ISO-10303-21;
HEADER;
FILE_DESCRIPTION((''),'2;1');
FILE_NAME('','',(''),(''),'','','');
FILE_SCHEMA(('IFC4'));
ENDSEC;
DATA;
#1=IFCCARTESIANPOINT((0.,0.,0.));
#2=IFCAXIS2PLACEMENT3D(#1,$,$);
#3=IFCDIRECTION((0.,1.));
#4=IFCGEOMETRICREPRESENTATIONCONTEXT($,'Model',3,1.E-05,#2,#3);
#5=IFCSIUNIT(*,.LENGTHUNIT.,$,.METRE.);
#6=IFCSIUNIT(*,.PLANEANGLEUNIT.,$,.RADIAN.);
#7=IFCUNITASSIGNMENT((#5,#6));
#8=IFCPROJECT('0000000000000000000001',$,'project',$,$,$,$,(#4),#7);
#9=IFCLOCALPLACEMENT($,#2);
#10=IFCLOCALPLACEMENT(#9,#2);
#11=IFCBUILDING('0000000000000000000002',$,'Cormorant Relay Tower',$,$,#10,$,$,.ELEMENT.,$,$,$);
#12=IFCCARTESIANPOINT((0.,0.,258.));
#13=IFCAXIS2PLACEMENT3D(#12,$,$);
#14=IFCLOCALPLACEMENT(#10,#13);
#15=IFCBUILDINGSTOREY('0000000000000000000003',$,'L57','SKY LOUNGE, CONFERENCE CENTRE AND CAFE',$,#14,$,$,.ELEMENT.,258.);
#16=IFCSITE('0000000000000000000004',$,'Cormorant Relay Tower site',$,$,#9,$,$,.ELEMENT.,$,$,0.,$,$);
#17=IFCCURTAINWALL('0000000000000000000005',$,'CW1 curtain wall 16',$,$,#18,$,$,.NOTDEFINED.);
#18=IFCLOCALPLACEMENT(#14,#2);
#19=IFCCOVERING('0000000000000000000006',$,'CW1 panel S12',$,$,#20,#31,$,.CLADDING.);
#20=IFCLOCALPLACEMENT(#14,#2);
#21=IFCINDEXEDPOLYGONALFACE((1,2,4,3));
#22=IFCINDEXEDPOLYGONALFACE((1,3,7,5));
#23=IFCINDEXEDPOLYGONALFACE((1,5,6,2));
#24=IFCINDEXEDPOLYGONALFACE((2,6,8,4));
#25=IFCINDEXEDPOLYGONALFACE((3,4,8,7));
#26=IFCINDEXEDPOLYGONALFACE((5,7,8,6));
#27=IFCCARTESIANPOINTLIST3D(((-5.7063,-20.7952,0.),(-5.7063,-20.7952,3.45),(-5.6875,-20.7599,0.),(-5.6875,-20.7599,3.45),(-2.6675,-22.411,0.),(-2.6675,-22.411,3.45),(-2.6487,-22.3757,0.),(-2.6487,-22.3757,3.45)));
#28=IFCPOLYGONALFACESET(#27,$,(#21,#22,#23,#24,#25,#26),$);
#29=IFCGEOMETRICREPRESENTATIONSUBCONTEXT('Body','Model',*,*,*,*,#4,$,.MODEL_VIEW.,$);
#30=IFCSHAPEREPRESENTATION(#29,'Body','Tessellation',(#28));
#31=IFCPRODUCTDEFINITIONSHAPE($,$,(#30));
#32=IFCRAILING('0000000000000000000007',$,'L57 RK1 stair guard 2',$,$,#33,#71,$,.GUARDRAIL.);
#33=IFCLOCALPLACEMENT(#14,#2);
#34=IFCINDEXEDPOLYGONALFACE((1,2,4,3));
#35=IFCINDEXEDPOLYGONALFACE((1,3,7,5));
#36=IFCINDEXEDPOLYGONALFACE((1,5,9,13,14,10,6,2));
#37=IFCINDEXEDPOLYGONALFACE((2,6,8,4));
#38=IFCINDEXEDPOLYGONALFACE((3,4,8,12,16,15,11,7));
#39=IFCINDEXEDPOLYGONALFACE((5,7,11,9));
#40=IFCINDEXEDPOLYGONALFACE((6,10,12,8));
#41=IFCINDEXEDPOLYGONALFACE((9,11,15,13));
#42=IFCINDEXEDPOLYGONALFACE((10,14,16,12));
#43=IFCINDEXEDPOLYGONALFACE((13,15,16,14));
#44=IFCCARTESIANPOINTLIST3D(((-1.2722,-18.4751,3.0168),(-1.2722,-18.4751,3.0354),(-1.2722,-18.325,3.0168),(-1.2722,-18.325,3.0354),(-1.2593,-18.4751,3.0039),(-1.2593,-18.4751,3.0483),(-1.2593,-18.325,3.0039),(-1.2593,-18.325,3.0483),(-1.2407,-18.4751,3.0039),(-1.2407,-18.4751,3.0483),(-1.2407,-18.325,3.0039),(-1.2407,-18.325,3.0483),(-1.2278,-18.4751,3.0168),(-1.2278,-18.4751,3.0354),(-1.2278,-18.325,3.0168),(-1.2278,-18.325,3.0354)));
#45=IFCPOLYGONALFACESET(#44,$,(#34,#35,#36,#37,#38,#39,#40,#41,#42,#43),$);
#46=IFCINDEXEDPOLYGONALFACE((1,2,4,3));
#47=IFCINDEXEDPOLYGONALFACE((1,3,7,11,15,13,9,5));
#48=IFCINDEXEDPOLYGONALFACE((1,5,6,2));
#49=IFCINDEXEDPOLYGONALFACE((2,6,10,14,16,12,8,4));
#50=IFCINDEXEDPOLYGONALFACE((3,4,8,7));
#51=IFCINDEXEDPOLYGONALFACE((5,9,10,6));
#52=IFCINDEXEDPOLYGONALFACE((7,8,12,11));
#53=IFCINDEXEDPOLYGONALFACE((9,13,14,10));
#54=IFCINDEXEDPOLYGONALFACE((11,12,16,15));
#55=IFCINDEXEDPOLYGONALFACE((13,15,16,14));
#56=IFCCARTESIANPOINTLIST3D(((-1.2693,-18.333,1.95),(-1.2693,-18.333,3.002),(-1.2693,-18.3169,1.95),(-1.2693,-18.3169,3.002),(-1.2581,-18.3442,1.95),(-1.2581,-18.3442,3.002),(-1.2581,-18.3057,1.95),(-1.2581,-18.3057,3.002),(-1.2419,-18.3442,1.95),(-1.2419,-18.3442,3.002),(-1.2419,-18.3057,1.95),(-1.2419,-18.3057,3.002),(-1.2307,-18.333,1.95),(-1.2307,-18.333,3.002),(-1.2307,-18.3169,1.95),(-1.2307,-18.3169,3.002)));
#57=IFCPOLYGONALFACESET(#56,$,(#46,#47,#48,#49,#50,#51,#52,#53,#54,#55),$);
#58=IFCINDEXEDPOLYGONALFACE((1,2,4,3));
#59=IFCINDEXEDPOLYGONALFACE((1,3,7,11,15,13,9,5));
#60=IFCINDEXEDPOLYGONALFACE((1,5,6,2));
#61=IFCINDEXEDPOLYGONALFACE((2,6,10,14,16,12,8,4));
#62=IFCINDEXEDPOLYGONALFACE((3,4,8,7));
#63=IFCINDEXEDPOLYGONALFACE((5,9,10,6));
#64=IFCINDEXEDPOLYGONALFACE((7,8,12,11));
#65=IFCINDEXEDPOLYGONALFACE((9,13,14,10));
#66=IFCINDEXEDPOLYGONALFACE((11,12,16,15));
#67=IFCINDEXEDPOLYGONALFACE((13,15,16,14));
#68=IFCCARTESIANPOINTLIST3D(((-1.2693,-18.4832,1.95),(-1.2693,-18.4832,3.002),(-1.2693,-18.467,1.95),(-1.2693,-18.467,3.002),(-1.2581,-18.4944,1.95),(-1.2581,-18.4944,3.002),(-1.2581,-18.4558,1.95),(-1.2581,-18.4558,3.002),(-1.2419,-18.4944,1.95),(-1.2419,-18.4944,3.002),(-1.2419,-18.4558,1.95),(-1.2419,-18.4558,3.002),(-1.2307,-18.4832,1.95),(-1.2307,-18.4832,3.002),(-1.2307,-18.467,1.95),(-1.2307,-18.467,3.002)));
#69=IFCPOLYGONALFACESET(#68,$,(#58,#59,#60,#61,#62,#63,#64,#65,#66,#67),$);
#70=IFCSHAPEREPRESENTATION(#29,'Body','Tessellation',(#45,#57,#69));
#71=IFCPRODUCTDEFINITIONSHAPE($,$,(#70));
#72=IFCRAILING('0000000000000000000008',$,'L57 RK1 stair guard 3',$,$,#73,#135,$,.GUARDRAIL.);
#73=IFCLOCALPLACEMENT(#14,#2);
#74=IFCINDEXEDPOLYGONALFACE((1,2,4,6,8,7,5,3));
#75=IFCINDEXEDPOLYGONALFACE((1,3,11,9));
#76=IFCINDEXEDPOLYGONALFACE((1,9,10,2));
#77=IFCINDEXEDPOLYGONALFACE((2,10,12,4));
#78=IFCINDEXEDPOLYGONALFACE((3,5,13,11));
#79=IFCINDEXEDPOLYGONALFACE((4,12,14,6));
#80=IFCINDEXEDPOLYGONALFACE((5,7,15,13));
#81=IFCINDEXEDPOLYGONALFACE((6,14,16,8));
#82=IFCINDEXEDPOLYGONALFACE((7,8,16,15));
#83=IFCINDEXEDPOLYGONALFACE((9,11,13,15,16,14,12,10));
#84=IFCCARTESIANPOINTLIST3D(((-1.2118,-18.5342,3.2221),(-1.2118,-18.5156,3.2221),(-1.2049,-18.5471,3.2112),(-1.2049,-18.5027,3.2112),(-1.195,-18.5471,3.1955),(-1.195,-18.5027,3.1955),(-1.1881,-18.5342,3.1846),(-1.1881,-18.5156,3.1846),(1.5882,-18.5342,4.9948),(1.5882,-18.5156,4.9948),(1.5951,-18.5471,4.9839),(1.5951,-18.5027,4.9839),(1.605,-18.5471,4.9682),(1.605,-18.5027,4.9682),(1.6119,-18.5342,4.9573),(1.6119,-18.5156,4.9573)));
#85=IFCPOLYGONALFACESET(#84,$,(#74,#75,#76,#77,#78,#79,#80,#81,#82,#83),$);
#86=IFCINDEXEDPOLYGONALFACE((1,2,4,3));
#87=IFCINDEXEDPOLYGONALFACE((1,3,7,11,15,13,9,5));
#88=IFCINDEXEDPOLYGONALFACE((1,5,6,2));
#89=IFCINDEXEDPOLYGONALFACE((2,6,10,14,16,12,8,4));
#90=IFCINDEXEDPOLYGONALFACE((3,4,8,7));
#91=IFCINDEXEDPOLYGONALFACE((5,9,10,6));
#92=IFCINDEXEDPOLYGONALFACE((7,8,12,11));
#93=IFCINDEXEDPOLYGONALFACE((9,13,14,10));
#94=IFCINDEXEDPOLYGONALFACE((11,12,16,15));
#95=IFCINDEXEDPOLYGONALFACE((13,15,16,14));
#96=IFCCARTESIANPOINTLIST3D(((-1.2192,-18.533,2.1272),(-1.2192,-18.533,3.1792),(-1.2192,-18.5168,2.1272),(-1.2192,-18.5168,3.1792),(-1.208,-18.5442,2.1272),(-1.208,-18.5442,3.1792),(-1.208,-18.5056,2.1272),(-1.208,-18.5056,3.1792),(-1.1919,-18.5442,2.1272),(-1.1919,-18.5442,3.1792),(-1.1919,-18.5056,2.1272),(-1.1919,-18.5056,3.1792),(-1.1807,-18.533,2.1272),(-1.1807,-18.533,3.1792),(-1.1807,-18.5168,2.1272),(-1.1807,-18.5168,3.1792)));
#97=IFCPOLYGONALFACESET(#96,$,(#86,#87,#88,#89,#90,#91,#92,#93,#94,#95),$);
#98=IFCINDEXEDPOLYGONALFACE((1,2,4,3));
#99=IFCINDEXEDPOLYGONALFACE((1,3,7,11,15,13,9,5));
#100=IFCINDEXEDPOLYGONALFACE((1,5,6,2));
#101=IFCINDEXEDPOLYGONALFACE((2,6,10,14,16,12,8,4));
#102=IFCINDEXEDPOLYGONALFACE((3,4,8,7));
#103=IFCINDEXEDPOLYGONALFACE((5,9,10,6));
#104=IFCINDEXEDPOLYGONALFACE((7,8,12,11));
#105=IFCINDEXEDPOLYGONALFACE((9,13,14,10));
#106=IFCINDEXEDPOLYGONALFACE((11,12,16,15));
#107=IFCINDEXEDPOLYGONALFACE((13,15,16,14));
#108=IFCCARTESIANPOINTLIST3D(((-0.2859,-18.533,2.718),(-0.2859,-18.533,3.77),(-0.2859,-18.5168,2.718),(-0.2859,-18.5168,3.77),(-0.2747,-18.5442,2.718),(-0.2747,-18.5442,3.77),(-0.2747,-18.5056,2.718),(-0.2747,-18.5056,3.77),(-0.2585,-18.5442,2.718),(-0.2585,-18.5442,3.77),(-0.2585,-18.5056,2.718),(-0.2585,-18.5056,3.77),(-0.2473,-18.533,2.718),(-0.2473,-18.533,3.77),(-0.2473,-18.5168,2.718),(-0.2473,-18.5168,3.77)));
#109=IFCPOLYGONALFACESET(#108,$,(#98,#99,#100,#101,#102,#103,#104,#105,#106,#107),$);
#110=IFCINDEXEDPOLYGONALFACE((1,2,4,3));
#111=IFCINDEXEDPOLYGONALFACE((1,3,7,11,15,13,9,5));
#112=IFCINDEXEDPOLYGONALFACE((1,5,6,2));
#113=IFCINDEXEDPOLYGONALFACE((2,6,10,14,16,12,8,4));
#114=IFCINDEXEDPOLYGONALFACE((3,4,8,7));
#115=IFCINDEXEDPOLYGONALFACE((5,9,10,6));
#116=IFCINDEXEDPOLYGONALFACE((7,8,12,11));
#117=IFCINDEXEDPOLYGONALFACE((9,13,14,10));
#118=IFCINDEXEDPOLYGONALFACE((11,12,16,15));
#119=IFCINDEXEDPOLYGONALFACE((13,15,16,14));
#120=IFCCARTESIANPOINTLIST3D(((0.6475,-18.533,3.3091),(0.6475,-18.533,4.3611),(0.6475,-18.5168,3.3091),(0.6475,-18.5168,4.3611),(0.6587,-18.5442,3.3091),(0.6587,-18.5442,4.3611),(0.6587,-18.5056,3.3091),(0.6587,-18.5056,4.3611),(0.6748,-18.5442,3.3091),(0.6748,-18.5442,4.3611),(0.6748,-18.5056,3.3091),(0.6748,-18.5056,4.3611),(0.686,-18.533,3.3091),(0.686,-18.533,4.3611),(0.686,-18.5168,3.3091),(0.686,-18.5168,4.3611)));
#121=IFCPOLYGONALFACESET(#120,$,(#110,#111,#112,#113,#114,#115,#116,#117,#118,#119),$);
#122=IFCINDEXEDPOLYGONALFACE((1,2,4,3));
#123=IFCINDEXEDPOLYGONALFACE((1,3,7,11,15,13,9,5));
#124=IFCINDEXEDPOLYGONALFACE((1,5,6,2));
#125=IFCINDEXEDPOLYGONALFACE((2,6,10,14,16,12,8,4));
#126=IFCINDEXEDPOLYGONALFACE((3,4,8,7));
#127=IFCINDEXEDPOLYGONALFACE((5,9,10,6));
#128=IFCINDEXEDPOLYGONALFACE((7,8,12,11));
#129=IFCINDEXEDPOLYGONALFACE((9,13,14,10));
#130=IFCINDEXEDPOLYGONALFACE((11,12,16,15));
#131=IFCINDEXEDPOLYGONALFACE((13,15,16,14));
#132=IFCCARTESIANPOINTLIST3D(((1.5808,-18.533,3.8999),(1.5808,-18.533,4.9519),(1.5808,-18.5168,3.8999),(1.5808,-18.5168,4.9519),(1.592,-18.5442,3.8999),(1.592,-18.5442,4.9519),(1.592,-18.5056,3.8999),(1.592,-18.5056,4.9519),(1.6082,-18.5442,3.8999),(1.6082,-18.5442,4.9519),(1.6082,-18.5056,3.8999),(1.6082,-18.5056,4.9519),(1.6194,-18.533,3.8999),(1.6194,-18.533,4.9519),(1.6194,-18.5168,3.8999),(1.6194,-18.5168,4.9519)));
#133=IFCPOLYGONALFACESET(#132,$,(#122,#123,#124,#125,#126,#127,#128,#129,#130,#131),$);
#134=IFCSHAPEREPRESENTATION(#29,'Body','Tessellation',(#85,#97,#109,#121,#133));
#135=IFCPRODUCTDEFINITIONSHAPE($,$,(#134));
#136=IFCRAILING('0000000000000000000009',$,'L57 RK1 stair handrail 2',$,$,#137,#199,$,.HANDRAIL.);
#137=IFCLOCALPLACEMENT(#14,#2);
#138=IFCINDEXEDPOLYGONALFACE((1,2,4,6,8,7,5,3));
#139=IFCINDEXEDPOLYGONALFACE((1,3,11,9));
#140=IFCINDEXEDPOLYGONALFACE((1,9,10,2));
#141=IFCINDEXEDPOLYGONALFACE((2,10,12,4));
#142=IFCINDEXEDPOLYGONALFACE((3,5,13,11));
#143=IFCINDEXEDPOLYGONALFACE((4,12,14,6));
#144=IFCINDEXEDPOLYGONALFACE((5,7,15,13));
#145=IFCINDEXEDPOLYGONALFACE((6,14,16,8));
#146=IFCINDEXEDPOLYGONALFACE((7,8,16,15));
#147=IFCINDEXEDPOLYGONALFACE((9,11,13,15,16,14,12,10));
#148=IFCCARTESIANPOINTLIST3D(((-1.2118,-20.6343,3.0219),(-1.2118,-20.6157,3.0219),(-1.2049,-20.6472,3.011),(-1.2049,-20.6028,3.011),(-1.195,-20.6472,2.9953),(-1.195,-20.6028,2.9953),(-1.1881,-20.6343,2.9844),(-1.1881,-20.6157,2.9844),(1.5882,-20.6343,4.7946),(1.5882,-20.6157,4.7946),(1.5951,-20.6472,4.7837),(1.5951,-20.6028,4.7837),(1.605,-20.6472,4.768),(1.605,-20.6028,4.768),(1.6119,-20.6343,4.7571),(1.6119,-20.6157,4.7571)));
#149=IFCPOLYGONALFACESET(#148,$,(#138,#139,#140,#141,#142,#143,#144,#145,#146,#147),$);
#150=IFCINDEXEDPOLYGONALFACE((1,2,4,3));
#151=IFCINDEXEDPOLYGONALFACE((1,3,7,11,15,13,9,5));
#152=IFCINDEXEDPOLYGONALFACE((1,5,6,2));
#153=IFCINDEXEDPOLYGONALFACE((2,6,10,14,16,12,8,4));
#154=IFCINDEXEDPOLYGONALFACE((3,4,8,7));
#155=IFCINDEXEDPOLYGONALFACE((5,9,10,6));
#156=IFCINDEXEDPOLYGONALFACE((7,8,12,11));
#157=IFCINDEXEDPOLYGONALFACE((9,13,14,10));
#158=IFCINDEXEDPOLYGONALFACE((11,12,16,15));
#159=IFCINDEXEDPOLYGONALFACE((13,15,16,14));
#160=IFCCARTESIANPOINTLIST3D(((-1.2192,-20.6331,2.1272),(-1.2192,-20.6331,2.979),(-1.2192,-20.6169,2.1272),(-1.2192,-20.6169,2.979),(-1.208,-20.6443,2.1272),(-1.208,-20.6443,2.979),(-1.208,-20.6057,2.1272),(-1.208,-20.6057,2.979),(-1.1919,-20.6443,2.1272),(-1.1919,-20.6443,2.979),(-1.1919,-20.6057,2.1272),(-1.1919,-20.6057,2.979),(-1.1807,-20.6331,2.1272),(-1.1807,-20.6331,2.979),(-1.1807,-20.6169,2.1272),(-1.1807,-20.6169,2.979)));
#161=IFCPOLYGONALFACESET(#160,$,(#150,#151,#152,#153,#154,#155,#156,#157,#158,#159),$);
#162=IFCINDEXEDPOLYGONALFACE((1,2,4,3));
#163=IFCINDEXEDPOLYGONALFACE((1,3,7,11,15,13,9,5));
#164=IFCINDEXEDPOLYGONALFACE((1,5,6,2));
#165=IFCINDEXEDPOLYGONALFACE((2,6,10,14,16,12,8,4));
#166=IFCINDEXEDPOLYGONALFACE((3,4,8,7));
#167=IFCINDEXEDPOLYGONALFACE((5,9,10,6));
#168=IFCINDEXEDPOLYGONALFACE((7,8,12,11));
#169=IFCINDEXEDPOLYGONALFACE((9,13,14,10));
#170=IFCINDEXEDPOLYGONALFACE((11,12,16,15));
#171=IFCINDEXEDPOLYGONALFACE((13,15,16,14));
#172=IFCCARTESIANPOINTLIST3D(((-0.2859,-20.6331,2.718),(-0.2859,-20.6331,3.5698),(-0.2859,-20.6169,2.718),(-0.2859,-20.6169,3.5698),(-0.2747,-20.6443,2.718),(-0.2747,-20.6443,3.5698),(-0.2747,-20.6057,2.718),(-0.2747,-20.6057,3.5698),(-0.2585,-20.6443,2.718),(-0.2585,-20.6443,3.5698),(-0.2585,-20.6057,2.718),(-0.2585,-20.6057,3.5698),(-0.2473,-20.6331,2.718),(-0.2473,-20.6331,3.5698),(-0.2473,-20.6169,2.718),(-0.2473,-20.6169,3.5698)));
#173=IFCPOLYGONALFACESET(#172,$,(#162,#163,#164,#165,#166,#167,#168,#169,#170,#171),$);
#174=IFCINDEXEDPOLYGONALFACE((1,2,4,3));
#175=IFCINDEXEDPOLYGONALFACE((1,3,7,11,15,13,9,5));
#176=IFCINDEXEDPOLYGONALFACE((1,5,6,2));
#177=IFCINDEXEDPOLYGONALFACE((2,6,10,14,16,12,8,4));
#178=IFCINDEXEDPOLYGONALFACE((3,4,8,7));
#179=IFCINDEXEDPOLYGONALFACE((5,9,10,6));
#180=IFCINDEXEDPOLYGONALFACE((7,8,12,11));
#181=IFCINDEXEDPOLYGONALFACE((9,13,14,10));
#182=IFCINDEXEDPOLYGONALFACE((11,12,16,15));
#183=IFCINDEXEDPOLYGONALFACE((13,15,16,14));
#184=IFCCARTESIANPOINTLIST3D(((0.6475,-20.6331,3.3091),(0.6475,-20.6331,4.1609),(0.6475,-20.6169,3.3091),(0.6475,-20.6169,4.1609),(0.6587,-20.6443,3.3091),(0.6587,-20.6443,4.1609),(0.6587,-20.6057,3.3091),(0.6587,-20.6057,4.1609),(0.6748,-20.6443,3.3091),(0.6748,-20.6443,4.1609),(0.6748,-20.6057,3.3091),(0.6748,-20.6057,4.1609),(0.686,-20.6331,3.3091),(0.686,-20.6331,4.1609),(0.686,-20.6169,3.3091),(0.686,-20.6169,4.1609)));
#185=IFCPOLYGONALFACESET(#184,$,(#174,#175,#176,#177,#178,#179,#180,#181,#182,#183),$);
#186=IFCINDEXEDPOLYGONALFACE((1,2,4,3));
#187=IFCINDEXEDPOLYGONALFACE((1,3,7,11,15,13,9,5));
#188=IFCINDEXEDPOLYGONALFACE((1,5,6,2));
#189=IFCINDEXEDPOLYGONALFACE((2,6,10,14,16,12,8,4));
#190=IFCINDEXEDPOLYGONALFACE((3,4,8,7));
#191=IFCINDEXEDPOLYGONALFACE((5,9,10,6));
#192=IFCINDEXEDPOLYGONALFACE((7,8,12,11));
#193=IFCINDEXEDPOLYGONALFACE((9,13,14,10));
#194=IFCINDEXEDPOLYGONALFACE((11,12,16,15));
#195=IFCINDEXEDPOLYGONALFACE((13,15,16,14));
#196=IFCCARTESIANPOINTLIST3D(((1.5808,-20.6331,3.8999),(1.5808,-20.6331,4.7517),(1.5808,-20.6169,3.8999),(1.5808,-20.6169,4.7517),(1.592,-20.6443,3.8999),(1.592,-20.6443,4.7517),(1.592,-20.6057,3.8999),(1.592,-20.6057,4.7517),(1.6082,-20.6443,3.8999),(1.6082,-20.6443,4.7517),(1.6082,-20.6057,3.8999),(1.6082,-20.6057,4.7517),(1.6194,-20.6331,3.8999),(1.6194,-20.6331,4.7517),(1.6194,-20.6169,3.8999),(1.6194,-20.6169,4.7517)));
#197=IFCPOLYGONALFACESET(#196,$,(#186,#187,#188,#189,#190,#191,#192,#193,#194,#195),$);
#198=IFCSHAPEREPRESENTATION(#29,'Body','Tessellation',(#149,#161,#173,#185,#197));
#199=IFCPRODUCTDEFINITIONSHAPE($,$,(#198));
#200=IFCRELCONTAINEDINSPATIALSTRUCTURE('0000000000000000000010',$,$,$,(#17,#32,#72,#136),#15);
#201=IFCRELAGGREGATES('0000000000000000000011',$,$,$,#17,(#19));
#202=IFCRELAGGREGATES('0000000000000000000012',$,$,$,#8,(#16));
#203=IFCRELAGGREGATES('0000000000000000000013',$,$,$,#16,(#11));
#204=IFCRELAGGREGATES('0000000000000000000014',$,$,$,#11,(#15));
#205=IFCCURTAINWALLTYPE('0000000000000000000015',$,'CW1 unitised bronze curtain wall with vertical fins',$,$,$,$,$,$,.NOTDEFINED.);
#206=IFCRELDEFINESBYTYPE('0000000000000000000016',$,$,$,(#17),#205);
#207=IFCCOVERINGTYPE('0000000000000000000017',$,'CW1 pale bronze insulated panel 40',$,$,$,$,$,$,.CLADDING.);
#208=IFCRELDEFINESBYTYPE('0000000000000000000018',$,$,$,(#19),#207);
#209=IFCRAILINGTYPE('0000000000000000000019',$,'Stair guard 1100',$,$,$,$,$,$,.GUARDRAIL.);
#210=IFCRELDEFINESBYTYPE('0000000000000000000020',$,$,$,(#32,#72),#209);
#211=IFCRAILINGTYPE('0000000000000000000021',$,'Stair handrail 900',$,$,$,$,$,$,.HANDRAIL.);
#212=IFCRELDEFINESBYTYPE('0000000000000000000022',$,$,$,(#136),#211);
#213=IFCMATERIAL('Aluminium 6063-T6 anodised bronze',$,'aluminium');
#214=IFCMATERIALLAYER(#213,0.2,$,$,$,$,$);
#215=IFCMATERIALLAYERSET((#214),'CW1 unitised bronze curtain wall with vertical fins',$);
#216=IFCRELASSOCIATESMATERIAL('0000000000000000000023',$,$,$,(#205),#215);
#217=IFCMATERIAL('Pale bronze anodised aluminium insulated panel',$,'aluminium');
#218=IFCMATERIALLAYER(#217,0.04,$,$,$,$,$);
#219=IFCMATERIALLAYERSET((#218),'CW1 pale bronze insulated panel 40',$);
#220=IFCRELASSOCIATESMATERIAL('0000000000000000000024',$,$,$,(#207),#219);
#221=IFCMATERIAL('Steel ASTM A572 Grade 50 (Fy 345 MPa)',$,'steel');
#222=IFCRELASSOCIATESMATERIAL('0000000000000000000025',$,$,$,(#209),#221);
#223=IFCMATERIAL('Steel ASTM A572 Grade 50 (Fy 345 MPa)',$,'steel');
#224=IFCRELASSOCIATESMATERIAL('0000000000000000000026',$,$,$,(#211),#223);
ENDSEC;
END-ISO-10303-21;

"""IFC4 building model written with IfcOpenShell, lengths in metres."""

from ifc_helpers import new_model, si_unit, direction, frame, origin, origin_2d, place, context, subcontext, project, spatial, polyline, rectangle, outline, extrude, material, layer, layer_set, type_object, element, aggregate, save


model = new_model("IFC4")

# Units and contexts
model_context = context("Model", 3, precision=1e-05, world=origin(), true_north=direction((0.0, 1.0)))
body_context = subcontext(model_context, "Body", "Model", "MODEL_VIEW")
ifc_project = project(units=[si_unit("LENGTHUNIT", "METRE"), si_unit("PLANEANGLEUNIT", "RADIAN")], contexts=[model_context])

# Site, building, storey
site_placement = place(None, origin())
site = spatial("IfcSite", under=ifc_project, at=site_placement, Name="Cormorant Relay Tower site", CompositionType="ELEMENT", RefElevation=0.0)
building_placement = place(site_placement, origin())
building = spatial("IfcBuilding", under=site, at=building_placement, Name="Cormorant Relay Tower", CompositionType="ELEMENT")
storey_placement = place(building_placement, frame((0.0, 0.0, 258.0)))
storey = spatial("IfcBuildingStorey", under=building, at=storey_placement, Name="L57", Description="SKY LOUNGE, CONFERENCE CENTRE AND CAFE", CompositionType="ELEMENT", Elevation=258.0)

# Shared definitions
ifc_material_1 = material(Name="Aluminium 6063-T6 anodised bronze", Category="aluminium")
ifc_layer_1 = layer(ifc_material_1, 0.2)
ifc_layer_set_1 = layer_set([ifc_layer_1], Name="CW1 unitised bronze curtain wall with vertical fins")
curtain_wall_type = type_object("IfcCurtainWallType", Name="CW1 unitised bronze curtain wall with vertical fins", PredefinedType="NOTDEFINED", material=ifc_layer_set_1)

# Curtain wall
curtain_wall_1_placement = place(storey_placement, origin())
curtain_wall_1 = element("IfcCurtainWall", 1, at=curtain_wall_1_placement, inside=storey, type_object=curtain_wall_type, Name="CW1 curtain wall 16", PredefinedType="NOTDEFINED")

# Covering
ifc_material_2 = material(Name="Pale bronze anodised aluminium insulated panel", Category="aluminium")
ifc_layer_2 = layer(ifc_material_2, 0.04)
ifc_layer_set_2 = layer_set([ifc_layer_2], Name="CW1 pale bronze insulated panel 40")
covering_type = type_object("IfcCoveringType", Name="CW1 pale bronze insulated panel 40", PredefinedType="CLADDING", material=ifc_layer_set_2)
covering_1_placement = place(storey_placement, frame((-4.1775, -21.5854, 0.0), z_axis=(0.0, 0.0, 1.0), x_axis=(0.882948, -0.469472, 0.0)))
covering_1 = element("IfcCovering", 2, at=covering_1_placement, type_object=covering_type, Name="CW1 panel S12", PredefinedType="CLADDING", context=body_context, shape_type="SweptSolid", body=[
    extrude(rectangle(XDim=3.4417, YDim=0.04, at=origin_2d()), origin(), (0.0, 0.0, 1.0), 3.45),
])
aggregate(curtain_wall_1, [covering_1])

# Railings
ifc_material_3 = material(Name="Steel ASTM A572 Grade 50 (Fy 345 MPa)", Category="steel")
railing_type_1 = type_object("IfcRailingType", Name="Stair guard 1100", PredefinedType="GUARDRAIL", material=ifc_material_3)
railing_1_placement = place(storey_placement, frame((-1.25, -18.325, 1.95)))
element("IfcRailing", 3, at=railing_1_placement, inside=storey, type_object=railing_type_1, Name="L57 RK1 stair guard 2", PredefinedType="GUARDRAIL", context=body_context, shape_type="SweptSolid", body=[
    extrude(outline(polyline([(0.0222, 0.0093), (0.0093, 0.0222), (-0.0093, 0.0222), (-0.0222, 0.0093), (-0.0222, -0.0093), (-0.0093, -0.0222), (0.0093, -0.0222), (0.0222, -0.0093), (0.0222, 0.0093)])), frame((0.0, 0.0, 1.0762), z_axis=(0.0, -1.0, 0.0), x_axis=(1.0, 0.0, 0.0)), (0.0, 0.0, 1.0), 0.1501),
    extrude(outline(polyline([(0.0193, 0.0081), (0.0081, 0.0193), (-0.0081, 0.0193), (-0.0193, 0.0081), (-0.0193, -0.0081), (-0.0081, -0.0193), (0.0081, -0.0193), (0.0193, -0.0081), (0.0193, 0.0081)])), origin(), (0.0, 0.0, 1.0), 1.052),
    extrude(outline(polyline([(0.0193, 0.0081), (0.0081, 0.0193), (-0.0081, 0.0193), (-0.0193, 0.0081), (-0.0193, -0.0081), (-0.0081, -0.0193), (0.0081, -0.0193), (0.0193, -0.0081), (0.0193, 0.0081)])), frame((0.0, -0.1501, 0.0)), (0.0, 0.0, 1.0), 1.052),
])
railing_2_placement = place(storey_placement, frame((-1.2, -18.5249, 2.1272)))
element("IfcRailing", 4, at=railing_2_placement, inside=storey, type_object=railing_type_1, Name="L57 RK1 stair guard 3", PredefinedType="GUARDRAIL", context=body_context, shape_type="SweptSolid", body=[
    extrude(outline(polyline([(0.0222, 0.0093), (0.0093, 0.0222), (-0.0093, 0.0222), (-0.0222, 0.0093), (-0.0222, -0.0093), (-0.0093, -0.0222), (0.0093, -0.0222), (0.0222, -0.0093), (0.0222, 0.0093)])), frame((0.0, 0.0, 1.0762), z_axis=(0.844909, 0.0, 0.53491), x_axis=(0.0, 1.0, 0.0)), (0.0, 0.0, 1.0), 3.314),
    extrude(outline(polyline([(0.0193, 0.0081), (0.0081, 0.0193), (-0.0081, 0.0193), (-0.0193, 0.0081), (-0.0193, -0.0081), (-0.0081, -0.0193), (0.0081, -0.0193), (0.0193, -0.0081), (0.0193, 0.0081)])), origin(), (0.0, 0.0, 1.0), 1.052),
    extrude(outline(polyline([(0.0193, 0.0081), (0.0081, 0.0193), (-0.0081, 0.0193), (-0.0193, 0.0081), (-0.0193, -0.0081), (-0.0081, -0.0193), (0.0081, -0.0193), (0.0193, -0.0081), (0.0193, 0.0081)])), frame((0.9333, 0.0, 0.5908)), (0.0, 0.0, 1.0), 1.052),
    extrude(outline(polyline([(0.0193, 0.0081), (0.0081, 0.0193), (-0.0081, 0.0193), (-0.0193, 0.0081), (-0.0193, -0.0081), (-0.0081, -0.0193), (0.0081, -0.0193), (0.0193, -0.0081), (0.0193, 0.0081)])), frame((1.8667, 0.0, 1.1819)), (0.0, 0.0, 1.0), 1.052),
    extrude(outline(polyline([(0.0193, 0.0081), (0.0081, 0.0193), (-0.0081, 0.0193), (-0.0193, 0.0081), (-0.0193, -0.0081), (-0.0081, -0.0193), (0.0081, -0.0193), (0.0193, -0.0081), (0.0193, 0.0081)])), frame((2.8, 0.0, 1.7727)), (0.0, 0.0, 1.0), 1.052),
])
ifc_material_4 = material(Name="Steel ASTM A572 Grade 50 (Fy 345 MPa)", Category="steel")
railing_type_2 = type_object("IfcRailingType", Name="Stair handrail 900", PredefinedType="HANDRAIL", material=ifc_material_4)
railing_3_placement = place(storey_placement, frame((-1.2, -20.625, 2.1272)))
element("IfcRailing", 5, at=railing_3_placement, inside=storey, type_object=railing_type_2, Name="L57 RK1 stair handrail 2", PredefinedType="HANDRAIL", context=body_context, shape_type="SweptSolid", body=[
    extrude(outline(polyline([(0.0222, 0.0093), (0.0093, 0.0222), (-0.0093, 0.0222), (-0.0222, 0.0093), (-0.0222, -0.0093), (-0.0093, -0.0222), (0.0093, -0.0222), (0.0222, -0.0093), (0.0222, 0.0093)])), frame((0.0, 0.0, 0.876), z_axis=(0.844909, 0.0, 0.53491), x_axis=(0.0, 1.0, 0.0)), (0.0, 0.0, 1.0), 3.314),
    extrude(outline(polyline([(0.0193, 0.0081), (0.0081, 0.0193), (-0.0081, 0.0193), (-0.0193, 0.0081), (-0.0193, -0.0081), (-0.0081, -0.0193), (0.0081, -0.0193), (0.0193, -0.0081), (0.0193, 0.0081)])), origin(), (0.0, 0.0, 1.0), 0.8518),
    extrude(outline(polyline([(0.0193, 0.0081), (0.0081, 0.0193), (-0.0081, 0.0193), (-0.0193, 0.0081), (-0.0193, -0.0081), (-0.0081, -0.0193), (0.0081, -0.0193), (0.0193, -0.0081), (0.0193, 0.0081)])), frame((0.9333, 0.0, 0.5908)), (0.0, 0.0, 1.0), 0.8518),
    extrude(outline(polyline([(0.0193, 0.0081), (0.0081, 0.0193), (-0.0081, 0.0193), (-0.0193, 0.0081), (-0.0193, -0.0081), (-0.0081, -0.0193), (0.0081, -0.0193), (0.0193, -0.0081), (0.0193, 0.0081)])), frame((1.8667, 0.0, 1.1819)), (0.0, 0.0, 1.0), 0.8518),
    extrude(outline(polyline([(0.0193, 0.0081), (0.0081, 0.0193), (-0.0081, 0.0193), (-0.0193, 0.0081), (-0.0193, -0.0081), (-0.0081, -0.0193), (0.0081, -0.0193), (0.0193, -0.0081), (0.0193, 0.0081)])), frame((2.8, 0.0, 1.7727)), (0.0, 0.0, 1.0), 0.8518),
])

save(model, "model.ifc")
